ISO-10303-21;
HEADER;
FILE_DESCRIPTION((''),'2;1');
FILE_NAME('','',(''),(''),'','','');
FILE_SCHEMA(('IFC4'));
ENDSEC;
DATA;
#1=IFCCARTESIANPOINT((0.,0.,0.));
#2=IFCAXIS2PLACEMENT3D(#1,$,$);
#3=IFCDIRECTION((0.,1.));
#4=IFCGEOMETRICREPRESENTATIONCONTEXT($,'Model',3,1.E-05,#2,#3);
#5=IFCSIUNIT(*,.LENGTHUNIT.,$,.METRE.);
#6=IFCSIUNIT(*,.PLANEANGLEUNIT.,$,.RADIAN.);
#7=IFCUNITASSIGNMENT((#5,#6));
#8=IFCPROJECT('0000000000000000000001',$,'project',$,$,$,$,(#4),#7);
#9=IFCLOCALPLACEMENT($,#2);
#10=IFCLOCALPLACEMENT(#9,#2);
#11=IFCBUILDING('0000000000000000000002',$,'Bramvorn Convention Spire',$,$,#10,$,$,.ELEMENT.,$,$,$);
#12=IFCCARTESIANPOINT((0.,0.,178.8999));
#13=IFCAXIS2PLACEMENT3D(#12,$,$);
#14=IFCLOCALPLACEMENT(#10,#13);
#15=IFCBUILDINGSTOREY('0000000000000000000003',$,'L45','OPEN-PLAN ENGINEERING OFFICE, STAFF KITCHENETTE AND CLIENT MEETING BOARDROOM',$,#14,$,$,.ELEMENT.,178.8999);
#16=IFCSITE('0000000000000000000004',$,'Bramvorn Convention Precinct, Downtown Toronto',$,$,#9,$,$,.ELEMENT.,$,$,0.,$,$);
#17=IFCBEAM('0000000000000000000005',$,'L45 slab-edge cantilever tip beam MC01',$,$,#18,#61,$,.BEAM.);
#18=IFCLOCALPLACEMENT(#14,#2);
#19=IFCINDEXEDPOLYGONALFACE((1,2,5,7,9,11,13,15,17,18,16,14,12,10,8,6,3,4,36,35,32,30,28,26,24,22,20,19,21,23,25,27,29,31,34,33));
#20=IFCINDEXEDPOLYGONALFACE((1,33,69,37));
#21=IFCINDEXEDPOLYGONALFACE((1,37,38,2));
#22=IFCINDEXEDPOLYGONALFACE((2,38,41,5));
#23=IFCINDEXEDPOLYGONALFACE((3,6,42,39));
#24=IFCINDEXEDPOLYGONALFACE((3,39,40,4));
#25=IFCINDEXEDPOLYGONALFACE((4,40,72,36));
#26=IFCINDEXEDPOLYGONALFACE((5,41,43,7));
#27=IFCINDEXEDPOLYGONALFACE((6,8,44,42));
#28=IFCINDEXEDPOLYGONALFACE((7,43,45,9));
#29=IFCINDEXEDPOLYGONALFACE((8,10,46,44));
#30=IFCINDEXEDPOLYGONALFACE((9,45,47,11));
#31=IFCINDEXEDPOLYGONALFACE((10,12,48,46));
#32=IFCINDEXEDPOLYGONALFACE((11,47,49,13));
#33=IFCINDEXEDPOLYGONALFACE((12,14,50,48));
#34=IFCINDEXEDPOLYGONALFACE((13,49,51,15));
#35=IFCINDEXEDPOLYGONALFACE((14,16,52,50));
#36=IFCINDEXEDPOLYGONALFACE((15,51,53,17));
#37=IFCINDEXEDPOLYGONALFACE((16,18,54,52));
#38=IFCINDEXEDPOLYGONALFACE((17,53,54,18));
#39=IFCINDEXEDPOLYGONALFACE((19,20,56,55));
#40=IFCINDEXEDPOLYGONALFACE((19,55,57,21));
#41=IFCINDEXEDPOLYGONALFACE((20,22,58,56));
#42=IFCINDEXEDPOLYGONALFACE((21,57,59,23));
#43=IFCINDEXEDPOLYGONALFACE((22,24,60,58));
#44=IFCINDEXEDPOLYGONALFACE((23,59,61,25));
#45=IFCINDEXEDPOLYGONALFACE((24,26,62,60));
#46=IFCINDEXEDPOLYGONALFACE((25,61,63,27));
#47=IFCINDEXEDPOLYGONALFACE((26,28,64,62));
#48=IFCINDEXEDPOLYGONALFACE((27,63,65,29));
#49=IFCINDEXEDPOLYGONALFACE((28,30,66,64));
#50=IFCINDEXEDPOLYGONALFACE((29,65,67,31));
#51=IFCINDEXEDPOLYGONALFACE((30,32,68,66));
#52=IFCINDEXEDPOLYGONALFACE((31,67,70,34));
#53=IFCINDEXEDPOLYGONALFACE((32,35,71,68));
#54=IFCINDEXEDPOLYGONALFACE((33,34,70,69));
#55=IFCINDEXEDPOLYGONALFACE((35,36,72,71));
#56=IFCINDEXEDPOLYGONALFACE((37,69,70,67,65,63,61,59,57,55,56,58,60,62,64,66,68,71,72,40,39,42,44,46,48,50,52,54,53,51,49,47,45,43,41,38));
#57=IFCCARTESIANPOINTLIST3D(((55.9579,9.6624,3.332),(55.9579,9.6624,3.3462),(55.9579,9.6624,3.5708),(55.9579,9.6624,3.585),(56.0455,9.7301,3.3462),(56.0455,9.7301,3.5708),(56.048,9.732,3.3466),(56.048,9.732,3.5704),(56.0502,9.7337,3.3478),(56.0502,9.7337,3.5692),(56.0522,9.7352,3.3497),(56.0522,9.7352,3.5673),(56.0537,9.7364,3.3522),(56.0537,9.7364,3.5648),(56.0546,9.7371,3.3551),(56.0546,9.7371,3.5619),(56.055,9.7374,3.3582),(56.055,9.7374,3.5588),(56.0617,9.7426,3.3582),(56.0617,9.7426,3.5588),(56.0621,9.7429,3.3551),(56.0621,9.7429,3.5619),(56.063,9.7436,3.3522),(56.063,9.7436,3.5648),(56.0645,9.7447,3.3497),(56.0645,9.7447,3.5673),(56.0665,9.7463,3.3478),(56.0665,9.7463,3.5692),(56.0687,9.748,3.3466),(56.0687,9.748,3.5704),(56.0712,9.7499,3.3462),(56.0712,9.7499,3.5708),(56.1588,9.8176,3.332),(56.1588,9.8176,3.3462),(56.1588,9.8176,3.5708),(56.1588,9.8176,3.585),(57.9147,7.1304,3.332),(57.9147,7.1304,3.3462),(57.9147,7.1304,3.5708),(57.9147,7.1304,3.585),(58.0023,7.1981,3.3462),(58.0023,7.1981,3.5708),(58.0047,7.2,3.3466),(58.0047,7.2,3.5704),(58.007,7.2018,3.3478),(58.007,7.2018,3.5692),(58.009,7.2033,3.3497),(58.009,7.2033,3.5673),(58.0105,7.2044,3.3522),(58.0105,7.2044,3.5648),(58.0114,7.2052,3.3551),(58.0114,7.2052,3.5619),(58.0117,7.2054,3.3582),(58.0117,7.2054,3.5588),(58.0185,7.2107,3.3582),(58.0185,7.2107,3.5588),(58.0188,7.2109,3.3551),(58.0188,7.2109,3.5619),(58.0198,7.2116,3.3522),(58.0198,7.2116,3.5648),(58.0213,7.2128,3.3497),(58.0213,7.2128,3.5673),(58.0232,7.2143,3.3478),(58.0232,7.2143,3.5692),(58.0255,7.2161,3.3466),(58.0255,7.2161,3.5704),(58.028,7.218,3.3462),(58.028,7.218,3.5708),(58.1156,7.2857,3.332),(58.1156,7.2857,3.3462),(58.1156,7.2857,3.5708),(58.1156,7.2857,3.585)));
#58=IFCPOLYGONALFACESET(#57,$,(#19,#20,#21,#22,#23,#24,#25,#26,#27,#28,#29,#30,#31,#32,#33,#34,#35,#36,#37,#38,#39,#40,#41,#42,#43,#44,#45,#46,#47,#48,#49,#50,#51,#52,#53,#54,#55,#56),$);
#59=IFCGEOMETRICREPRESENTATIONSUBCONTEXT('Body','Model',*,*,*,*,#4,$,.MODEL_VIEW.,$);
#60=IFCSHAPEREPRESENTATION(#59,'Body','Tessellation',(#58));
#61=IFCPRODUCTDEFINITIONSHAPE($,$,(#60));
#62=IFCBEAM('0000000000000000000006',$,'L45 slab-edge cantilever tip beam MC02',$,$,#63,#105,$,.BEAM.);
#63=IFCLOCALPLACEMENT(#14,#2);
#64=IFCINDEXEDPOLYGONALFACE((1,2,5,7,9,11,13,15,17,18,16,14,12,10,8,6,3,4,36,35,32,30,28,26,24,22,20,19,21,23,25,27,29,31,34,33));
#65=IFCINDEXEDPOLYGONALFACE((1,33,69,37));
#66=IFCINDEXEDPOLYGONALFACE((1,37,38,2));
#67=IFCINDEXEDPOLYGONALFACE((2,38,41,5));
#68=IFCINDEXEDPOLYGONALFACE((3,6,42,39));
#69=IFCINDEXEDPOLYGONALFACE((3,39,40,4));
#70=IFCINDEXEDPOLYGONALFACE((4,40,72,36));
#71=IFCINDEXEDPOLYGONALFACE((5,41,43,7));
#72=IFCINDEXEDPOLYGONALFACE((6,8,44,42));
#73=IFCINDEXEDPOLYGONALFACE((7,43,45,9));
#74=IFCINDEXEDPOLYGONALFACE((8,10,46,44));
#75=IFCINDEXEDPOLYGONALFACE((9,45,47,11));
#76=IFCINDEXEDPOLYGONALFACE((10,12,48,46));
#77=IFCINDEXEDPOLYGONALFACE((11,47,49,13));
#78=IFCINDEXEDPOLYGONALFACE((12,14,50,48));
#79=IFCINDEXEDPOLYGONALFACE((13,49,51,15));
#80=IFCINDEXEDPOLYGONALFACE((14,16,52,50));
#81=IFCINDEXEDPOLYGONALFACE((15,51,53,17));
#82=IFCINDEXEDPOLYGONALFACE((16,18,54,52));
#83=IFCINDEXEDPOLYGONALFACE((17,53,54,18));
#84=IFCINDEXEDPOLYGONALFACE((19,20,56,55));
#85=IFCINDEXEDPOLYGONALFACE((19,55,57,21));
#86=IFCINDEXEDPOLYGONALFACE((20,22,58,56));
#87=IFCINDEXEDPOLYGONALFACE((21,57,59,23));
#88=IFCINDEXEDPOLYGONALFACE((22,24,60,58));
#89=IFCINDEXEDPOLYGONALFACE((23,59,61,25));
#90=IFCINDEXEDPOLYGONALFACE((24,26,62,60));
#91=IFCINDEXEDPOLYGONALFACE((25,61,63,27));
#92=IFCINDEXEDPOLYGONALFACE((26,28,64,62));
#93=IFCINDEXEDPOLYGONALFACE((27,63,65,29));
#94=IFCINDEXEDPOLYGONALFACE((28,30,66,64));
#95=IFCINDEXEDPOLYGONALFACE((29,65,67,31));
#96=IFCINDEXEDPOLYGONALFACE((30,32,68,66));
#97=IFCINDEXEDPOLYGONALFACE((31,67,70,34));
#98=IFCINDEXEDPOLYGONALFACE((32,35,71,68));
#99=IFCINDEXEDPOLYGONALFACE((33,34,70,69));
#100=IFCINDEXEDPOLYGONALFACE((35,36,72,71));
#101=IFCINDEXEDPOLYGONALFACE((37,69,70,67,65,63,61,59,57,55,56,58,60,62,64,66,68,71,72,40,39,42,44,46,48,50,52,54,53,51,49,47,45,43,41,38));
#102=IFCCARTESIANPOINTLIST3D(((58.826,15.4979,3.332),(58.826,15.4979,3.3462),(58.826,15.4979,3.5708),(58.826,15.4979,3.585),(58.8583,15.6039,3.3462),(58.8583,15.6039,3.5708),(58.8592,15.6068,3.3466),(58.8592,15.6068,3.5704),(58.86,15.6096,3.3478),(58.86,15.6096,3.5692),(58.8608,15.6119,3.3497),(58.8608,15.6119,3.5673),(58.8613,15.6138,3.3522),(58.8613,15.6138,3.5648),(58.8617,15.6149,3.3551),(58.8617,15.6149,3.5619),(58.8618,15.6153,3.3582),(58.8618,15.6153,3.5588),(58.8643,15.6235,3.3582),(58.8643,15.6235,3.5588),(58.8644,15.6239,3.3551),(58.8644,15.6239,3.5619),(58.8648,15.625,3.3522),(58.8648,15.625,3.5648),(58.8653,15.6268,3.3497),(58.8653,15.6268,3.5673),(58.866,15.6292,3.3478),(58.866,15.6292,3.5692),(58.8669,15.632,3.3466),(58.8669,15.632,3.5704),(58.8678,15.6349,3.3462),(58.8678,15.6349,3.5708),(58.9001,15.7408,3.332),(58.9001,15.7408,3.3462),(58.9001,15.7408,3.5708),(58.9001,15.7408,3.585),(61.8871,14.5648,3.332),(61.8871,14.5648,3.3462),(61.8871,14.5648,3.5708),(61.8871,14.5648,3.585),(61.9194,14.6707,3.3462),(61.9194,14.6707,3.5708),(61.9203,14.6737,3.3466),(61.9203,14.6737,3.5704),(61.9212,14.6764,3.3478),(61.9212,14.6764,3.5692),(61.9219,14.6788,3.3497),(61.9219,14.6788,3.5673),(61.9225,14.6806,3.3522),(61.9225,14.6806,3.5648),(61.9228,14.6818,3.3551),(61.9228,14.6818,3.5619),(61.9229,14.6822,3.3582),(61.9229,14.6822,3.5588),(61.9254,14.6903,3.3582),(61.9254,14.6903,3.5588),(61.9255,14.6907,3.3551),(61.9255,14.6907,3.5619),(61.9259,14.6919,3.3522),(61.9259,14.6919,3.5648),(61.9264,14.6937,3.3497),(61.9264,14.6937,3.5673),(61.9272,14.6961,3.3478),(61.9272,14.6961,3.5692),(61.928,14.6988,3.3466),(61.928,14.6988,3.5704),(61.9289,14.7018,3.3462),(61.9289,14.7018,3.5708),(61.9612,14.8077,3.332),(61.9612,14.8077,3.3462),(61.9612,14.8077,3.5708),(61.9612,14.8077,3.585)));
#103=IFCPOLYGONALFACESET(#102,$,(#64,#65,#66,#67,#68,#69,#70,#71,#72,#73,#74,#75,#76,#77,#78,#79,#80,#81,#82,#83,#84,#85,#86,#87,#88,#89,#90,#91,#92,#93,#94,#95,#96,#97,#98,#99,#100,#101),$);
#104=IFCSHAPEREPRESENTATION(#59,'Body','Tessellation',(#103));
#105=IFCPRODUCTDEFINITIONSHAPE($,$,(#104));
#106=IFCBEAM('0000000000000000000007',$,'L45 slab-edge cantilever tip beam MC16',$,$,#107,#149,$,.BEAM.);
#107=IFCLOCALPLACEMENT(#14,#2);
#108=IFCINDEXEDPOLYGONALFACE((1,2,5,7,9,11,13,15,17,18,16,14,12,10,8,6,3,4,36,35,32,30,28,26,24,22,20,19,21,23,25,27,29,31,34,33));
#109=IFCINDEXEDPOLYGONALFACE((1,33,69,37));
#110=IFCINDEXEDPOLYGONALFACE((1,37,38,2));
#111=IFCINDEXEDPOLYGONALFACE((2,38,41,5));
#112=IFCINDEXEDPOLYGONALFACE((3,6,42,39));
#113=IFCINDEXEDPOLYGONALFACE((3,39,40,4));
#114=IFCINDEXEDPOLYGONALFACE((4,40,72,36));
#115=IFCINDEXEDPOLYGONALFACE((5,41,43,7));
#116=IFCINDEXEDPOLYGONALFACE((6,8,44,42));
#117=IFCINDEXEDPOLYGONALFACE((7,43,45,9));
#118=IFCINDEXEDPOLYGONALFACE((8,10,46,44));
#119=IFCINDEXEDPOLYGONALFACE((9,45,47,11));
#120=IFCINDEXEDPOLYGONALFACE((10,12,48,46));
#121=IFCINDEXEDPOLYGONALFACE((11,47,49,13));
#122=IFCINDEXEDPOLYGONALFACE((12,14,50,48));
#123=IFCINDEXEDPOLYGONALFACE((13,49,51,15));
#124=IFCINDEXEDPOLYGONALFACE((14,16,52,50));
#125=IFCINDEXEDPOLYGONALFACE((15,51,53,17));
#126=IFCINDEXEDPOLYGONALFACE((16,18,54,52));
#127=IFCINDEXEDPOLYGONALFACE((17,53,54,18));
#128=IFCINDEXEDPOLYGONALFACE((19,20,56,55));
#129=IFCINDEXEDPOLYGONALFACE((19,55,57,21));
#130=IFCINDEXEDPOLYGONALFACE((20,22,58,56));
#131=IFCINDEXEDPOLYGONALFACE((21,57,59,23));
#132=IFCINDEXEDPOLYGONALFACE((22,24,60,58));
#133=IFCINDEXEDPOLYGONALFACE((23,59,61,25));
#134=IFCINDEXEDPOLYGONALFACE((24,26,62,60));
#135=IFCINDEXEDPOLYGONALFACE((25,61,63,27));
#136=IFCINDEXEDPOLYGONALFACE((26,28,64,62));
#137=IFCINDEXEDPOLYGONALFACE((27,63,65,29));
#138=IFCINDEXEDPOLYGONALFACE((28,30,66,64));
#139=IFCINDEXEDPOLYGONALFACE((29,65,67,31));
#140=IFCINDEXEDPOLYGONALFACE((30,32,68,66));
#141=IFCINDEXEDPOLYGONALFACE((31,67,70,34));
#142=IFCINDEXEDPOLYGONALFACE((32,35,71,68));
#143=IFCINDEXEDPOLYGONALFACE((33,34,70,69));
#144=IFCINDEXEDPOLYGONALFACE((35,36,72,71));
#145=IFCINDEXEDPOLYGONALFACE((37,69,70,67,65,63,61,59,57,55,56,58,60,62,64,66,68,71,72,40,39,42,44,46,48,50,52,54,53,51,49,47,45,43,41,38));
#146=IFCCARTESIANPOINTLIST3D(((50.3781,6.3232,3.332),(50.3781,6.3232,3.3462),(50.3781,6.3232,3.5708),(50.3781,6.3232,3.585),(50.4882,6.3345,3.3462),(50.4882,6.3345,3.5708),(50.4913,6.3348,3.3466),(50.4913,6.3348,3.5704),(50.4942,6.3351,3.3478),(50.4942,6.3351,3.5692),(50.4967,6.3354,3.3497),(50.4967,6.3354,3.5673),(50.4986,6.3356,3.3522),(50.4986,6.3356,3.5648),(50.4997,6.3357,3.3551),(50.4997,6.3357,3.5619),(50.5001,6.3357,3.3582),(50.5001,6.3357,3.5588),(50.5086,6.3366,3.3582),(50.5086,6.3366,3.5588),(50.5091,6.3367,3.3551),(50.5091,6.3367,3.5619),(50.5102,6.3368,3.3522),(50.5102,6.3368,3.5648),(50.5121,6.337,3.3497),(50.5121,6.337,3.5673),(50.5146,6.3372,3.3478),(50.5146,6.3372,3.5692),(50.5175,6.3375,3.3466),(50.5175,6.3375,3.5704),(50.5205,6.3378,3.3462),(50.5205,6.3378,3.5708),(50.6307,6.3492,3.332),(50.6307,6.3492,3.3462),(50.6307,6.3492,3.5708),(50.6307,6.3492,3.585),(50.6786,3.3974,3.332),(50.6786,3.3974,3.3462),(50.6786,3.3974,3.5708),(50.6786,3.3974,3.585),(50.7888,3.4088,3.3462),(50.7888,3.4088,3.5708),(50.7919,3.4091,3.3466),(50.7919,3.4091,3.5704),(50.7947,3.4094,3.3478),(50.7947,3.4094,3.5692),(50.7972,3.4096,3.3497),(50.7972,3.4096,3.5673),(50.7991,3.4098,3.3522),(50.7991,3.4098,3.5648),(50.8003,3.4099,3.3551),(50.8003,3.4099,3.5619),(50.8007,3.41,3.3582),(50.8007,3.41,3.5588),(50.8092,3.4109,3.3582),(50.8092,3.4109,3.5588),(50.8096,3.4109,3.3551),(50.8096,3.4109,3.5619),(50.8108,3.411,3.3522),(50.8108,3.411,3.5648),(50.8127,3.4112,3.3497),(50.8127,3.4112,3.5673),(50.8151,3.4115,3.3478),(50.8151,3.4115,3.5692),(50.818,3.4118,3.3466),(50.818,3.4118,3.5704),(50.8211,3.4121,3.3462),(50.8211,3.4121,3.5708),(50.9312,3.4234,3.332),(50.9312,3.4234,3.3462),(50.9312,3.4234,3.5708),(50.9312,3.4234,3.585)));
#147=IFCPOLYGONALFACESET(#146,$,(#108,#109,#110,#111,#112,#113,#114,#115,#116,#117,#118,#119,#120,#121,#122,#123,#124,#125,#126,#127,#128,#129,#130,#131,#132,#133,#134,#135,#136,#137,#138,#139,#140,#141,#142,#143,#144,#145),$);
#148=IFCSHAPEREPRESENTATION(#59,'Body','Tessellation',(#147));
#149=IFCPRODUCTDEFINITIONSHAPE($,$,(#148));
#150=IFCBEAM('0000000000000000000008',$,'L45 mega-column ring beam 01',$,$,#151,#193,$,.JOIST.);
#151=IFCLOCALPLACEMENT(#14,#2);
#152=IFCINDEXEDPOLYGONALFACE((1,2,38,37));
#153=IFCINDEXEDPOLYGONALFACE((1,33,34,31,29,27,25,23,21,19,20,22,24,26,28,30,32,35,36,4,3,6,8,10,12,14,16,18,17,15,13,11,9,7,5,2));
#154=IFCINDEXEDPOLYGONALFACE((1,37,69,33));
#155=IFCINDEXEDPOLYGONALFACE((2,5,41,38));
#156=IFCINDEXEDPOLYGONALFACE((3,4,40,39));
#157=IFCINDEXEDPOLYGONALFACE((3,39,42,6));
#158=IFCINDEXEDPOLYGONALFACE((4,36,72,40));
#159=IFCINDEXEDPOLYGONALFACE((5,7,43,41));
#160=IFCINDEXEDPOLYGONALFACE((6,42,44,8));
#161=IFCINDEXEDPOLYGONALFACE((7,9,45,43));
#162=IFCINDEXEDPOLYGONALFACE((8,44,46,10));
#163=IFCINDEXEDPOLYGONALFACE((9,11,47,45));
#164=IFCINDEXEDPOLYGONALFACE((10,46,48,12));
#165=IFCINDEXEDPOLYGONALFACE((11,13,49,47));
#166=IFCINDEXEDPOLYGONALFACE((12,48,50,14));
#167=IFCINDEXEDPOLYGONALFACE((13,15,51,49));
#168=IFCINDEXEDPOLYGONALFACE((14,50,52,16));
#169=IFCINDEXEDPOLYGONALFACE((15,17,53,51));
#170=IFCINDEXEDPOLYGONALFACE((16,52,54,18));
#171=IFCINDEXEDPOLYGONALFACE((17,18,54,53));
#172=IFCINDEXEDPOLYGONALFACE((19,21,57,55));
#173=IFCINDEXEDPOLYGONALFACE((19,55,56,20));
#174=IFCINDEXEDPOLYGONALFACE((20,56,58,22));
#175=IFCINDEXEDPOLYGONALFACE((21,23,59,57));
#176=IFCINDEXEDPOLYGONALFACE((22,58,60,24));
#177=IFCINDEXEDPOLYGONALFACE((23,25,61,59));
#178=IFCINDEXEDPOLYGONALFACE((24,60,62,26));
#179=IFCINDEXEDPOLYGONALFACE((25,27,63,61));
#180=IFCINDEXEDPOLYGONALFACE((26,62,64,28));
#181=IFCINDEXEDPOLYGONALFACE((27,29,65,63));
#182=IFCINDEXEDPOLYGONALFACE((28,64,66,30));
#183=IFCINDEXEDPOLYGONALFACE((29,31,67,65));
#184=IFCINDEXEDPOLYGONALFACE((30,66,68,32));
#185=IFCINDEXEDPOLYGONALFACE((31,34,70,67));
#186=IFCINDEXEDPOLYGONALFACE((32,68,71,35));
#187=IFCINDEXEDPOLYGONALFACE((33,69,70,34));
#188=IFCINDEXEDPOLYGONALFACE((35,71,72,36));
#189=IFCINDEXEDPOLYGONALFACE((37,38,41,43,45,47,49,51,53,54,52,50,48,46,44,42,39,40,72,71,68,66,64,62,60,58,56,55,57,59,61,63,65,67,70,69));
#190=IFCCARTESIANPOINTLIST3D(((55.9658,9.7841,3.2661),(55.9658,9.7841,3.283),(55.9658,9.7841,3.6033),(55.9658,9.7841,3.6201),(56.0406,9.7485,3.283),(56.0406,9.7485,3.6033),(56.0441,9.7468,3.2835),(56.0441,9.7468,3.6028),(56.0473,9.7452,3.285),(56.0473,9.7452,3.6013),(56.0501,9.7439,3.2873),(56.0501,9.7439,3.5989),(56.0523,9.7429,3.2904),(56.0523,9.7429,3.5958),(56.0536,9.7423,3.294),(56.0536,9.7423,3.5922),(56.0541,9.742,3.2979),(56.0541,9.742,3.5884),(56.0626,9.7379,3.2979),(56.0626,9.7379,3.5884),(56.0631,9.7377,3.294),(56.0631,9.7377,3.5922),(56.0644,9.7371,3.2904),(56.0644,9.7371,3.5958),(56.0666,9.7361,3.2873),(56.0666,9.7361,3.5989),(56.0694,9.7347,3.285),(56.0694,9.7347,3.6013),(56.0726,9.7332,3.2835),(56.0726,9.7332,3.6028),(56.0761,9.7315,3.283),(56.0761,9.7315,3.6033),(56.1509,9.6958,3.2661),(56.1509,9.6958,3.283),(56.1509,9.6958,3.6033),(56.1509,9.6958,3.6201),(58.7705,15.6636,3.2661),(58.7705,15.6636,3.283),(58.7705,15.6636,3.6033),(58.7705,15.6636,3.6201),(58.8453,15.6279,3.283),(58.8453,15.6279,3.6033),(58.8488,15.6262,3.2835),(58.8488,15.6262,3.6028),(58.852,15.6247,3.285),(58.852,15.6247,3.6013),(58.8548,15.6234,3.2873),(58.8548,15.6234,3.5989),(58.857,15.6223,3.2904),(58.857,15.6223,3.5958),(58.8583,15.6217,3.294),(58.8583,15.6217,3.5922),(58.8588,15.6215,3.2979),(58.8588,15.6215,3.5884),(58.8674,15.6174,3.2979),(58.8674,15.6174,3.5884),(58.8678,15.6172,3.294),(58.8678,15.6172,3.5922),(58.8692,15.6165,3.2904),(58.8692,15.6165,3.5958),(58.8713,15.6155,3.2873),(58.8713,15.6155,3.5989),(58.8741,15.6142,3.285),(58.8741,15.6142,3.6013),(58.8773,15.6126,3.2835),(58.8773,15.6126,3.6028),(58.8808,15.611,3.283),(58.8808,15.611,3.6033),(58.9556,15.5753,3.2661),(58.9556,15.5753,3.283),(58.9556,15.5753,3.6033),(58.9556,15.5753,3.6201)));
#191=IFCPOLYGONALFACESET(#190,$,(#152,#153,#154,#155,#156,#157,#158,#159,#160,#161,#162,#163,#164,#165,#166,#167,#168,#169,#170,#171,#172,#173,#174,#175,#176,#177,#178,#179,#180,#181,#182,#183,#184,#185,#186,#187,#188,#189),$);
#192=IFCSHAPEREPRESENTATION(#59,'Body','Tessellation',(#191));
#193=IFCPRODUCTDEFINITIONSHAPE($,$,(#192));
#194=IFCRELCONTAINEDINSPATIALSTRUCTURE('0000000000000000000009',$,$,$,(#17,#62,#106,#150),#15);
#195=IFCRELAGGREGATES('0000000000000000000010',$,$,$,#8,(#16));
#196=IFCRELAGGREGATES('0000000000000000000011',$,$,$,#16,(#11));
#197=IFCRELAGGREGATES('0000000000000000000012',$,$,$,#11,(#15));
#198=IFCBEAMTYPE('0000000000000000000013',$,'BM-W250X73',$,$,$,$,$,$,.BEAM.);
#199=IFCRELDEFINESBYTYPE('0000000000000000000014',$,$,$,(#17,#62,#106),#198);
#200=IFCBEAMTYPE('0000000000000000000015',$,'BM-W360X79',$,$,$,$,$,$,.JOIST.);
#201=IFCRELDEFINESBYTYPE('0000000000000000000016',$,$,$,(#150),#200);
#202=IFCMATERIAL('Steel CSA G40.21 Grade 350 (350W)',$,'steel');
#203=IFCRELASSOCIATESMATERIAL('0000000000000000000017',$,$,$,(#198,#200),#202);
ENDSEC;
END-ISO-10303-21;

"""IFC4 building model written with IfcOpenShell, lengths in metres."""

from ifc_helpers import new_model, si_unit, direction, frame, origin, origin_2d, place, context, subcontext, project, spatial, i_section, extrude, material, material_profile, profile_set, type_object, element, save


model = new_model("IFC4")

# Units and contexts
model_context = context("Model", 3, precision=1e-05, world=origin(), true_north=direction((0.0, 1.0)))
body_context = subcontext(model_context, "Body", "Model", "MODEL_VIEW")
ifc_project = project(units=[si_unit("LENGTHUNIT", "METRE"), si_unit("PLANEANGLEUNIT", "RADIAN")], contexts=[model_context])

# Site, building, storey
site_placement = place(None, origin())
site = spatial("IfcSite", under=ifc_project, at=site_placement, Name="Bramvorn Convention Precinct, Downtown Toronto", CompositionType="ELEMENT", RefElevation=0.0)
building_placement = place(site_placement, origin())
building = spatial("IfcBuilding", under=site, at=building_placement, Name="Bramvorn Convention Spire", CompositionType="ELEMENT")
storey_placement = place(building_placement, frame((0.0, 0.0, 178.8999)))
storey = spatial("IfcBuildingStorey", under=building, at=storey_placement, Name="L45", Description="OPEN-PLAN ENGINEERING OFFICE, STAFF KITCHENETTE AND CLIENT MEETING BOARDROOM", CompositionType="ELEMENT", Elevation=178.8999)

# Shared definitions
ifc_material_1 = material(Name="Steel CSA G40.21 Grade 350 (350W)", Category="steel")

# Beams
ifc_material_profile_1 = material_profile(ifc_material_1, i_section(OverallWidth=0.2539, OverallDepth=0.2529, WebThickness=0.0085, FlangeThickness=0.0142, FilletRadius=0.012, at=origin_2d()))
ifc_profile_set_1 = profile_set([ifc_material_profile_1], Name="Steel CSA G40.21 Grade 350 (350W) - W250X73")
beam_type_1 = type_object("IfcBeamType", Name="BM-W250X73", PredefinedType="BEAM", material=ifc_profile_set_1)
beam_1_placement = place(storey_placement, frame((56.0583, 9.74, 3.4585), z_axis=(0.611497, -0.791246, 0.0), x_axis=(0.791246, 0.611497, 0.0)))
element("IfcBeam", 1, at=beam_1_placement, inside=storey, type_object=beam_type_1, Name="L45 slab-edge cantilever tip beam MC01", PredefinedType="BEAM", context=body_context, shape_type="SweptSolid", body=[
    extrude(i_section(OverallWidth=0.2539, OverallDepth=0.2529, WebThickness=0.0085, FlangeThickness=0.0142, FilletRadius=0.012, at=origin_2d()), origin(), (0.0, 0.0, 1.0), 3.2),
])
beam_2_placement = place(storey_placement, frame((58.863, 15.6194, 3.4585), z_axis=(0.956544, -0.291587, 0.0), x_axis=(0.291587, 0.956544, 0.0)))
element("IfcBeam", 2, at=beam_2_placement, inside=storey, type_object=beam_type_1, Name="L45 slab-edge cantilever tip beam MC02", PredefinedType="BEAM", context=body_context, shape_type="SweptSolid", body=[
    extrude(i_section(OverallWidth=0.2539, OverallDepth=0.2529, WebThickness=0.0085, FlangeThickness=0.0142, FilletRadius=0.012, at=origin_2d()), origin(), (0.0, 0.0, 1.0), 3.2002),
])
beam_3_placement = place(storey_placement, frame((50.5044, 6.3362, 3.4585), z_axis=(0.102183, -0.994766, 0.0), x_axis=(0.994766, 0.102183, 0.0)))
element("IfcBeam", 3, at=beam_3_placement, inside=storey, type_object=beam_type_1, Name="L45 slab-edge cantilever tip beam MC16", PredefinedType="BEAM", context=body_context, shape_type="SweptSolid", body=[
    extrude(i_section(OverallWidth=0.2539, OverallDepth=0.2529, WebThickness=0.0085, FlangeThickness=0.0142, FilletRadius=0.012, at=origin_2d()), origin(), (0.0, 0.0, 1.0), 2.9412),
])
ifc_material_profile_2 = material_profile(ifc_material_1, i_section(OverallWidth=0.2051, OverallDepth=0.354, WebThickness=0.0095, FlangeThickness=0.0168, FilletRadius=0.0149, at=origin_2d()))
ifc_profile_set_2 = profile_set([ifc_material_profile_2], Name="Steel CSA G40.21 Grade 350 (350W) - W360X79")
beam_type_2 = type_object("IfcBeamType", Name="BM-W360X79", PredefinedType="JOIST", material=ifc_profile_set_2)
beam_4_placement = place(storey_placement, frame((56.0583, 9.74, 3.4431), z_axis=(0.430556, 0.902564, 0.0), x_axis=(-0.902564, 0.430556, 0.0)))
element("IfcBeam", 4, at=beam_4_placement, inside=storey, type_object=beam_type_2, Name="L45 mega-column ring beam 01", PredefinedType="JOIST", context=body_context, shape_type="SweptSolid", body=[
    extrude(i_section(OverallWidth=0.2051, OverallDepth=0.354, WebThickness=0.0095, FlangeThickness=0.0168, FilletRadius=0.0149, at=origin_2d()), origin(), (0.0, 0.0, 1.0), 6.5142),
])

save(model, "model.ifc")
